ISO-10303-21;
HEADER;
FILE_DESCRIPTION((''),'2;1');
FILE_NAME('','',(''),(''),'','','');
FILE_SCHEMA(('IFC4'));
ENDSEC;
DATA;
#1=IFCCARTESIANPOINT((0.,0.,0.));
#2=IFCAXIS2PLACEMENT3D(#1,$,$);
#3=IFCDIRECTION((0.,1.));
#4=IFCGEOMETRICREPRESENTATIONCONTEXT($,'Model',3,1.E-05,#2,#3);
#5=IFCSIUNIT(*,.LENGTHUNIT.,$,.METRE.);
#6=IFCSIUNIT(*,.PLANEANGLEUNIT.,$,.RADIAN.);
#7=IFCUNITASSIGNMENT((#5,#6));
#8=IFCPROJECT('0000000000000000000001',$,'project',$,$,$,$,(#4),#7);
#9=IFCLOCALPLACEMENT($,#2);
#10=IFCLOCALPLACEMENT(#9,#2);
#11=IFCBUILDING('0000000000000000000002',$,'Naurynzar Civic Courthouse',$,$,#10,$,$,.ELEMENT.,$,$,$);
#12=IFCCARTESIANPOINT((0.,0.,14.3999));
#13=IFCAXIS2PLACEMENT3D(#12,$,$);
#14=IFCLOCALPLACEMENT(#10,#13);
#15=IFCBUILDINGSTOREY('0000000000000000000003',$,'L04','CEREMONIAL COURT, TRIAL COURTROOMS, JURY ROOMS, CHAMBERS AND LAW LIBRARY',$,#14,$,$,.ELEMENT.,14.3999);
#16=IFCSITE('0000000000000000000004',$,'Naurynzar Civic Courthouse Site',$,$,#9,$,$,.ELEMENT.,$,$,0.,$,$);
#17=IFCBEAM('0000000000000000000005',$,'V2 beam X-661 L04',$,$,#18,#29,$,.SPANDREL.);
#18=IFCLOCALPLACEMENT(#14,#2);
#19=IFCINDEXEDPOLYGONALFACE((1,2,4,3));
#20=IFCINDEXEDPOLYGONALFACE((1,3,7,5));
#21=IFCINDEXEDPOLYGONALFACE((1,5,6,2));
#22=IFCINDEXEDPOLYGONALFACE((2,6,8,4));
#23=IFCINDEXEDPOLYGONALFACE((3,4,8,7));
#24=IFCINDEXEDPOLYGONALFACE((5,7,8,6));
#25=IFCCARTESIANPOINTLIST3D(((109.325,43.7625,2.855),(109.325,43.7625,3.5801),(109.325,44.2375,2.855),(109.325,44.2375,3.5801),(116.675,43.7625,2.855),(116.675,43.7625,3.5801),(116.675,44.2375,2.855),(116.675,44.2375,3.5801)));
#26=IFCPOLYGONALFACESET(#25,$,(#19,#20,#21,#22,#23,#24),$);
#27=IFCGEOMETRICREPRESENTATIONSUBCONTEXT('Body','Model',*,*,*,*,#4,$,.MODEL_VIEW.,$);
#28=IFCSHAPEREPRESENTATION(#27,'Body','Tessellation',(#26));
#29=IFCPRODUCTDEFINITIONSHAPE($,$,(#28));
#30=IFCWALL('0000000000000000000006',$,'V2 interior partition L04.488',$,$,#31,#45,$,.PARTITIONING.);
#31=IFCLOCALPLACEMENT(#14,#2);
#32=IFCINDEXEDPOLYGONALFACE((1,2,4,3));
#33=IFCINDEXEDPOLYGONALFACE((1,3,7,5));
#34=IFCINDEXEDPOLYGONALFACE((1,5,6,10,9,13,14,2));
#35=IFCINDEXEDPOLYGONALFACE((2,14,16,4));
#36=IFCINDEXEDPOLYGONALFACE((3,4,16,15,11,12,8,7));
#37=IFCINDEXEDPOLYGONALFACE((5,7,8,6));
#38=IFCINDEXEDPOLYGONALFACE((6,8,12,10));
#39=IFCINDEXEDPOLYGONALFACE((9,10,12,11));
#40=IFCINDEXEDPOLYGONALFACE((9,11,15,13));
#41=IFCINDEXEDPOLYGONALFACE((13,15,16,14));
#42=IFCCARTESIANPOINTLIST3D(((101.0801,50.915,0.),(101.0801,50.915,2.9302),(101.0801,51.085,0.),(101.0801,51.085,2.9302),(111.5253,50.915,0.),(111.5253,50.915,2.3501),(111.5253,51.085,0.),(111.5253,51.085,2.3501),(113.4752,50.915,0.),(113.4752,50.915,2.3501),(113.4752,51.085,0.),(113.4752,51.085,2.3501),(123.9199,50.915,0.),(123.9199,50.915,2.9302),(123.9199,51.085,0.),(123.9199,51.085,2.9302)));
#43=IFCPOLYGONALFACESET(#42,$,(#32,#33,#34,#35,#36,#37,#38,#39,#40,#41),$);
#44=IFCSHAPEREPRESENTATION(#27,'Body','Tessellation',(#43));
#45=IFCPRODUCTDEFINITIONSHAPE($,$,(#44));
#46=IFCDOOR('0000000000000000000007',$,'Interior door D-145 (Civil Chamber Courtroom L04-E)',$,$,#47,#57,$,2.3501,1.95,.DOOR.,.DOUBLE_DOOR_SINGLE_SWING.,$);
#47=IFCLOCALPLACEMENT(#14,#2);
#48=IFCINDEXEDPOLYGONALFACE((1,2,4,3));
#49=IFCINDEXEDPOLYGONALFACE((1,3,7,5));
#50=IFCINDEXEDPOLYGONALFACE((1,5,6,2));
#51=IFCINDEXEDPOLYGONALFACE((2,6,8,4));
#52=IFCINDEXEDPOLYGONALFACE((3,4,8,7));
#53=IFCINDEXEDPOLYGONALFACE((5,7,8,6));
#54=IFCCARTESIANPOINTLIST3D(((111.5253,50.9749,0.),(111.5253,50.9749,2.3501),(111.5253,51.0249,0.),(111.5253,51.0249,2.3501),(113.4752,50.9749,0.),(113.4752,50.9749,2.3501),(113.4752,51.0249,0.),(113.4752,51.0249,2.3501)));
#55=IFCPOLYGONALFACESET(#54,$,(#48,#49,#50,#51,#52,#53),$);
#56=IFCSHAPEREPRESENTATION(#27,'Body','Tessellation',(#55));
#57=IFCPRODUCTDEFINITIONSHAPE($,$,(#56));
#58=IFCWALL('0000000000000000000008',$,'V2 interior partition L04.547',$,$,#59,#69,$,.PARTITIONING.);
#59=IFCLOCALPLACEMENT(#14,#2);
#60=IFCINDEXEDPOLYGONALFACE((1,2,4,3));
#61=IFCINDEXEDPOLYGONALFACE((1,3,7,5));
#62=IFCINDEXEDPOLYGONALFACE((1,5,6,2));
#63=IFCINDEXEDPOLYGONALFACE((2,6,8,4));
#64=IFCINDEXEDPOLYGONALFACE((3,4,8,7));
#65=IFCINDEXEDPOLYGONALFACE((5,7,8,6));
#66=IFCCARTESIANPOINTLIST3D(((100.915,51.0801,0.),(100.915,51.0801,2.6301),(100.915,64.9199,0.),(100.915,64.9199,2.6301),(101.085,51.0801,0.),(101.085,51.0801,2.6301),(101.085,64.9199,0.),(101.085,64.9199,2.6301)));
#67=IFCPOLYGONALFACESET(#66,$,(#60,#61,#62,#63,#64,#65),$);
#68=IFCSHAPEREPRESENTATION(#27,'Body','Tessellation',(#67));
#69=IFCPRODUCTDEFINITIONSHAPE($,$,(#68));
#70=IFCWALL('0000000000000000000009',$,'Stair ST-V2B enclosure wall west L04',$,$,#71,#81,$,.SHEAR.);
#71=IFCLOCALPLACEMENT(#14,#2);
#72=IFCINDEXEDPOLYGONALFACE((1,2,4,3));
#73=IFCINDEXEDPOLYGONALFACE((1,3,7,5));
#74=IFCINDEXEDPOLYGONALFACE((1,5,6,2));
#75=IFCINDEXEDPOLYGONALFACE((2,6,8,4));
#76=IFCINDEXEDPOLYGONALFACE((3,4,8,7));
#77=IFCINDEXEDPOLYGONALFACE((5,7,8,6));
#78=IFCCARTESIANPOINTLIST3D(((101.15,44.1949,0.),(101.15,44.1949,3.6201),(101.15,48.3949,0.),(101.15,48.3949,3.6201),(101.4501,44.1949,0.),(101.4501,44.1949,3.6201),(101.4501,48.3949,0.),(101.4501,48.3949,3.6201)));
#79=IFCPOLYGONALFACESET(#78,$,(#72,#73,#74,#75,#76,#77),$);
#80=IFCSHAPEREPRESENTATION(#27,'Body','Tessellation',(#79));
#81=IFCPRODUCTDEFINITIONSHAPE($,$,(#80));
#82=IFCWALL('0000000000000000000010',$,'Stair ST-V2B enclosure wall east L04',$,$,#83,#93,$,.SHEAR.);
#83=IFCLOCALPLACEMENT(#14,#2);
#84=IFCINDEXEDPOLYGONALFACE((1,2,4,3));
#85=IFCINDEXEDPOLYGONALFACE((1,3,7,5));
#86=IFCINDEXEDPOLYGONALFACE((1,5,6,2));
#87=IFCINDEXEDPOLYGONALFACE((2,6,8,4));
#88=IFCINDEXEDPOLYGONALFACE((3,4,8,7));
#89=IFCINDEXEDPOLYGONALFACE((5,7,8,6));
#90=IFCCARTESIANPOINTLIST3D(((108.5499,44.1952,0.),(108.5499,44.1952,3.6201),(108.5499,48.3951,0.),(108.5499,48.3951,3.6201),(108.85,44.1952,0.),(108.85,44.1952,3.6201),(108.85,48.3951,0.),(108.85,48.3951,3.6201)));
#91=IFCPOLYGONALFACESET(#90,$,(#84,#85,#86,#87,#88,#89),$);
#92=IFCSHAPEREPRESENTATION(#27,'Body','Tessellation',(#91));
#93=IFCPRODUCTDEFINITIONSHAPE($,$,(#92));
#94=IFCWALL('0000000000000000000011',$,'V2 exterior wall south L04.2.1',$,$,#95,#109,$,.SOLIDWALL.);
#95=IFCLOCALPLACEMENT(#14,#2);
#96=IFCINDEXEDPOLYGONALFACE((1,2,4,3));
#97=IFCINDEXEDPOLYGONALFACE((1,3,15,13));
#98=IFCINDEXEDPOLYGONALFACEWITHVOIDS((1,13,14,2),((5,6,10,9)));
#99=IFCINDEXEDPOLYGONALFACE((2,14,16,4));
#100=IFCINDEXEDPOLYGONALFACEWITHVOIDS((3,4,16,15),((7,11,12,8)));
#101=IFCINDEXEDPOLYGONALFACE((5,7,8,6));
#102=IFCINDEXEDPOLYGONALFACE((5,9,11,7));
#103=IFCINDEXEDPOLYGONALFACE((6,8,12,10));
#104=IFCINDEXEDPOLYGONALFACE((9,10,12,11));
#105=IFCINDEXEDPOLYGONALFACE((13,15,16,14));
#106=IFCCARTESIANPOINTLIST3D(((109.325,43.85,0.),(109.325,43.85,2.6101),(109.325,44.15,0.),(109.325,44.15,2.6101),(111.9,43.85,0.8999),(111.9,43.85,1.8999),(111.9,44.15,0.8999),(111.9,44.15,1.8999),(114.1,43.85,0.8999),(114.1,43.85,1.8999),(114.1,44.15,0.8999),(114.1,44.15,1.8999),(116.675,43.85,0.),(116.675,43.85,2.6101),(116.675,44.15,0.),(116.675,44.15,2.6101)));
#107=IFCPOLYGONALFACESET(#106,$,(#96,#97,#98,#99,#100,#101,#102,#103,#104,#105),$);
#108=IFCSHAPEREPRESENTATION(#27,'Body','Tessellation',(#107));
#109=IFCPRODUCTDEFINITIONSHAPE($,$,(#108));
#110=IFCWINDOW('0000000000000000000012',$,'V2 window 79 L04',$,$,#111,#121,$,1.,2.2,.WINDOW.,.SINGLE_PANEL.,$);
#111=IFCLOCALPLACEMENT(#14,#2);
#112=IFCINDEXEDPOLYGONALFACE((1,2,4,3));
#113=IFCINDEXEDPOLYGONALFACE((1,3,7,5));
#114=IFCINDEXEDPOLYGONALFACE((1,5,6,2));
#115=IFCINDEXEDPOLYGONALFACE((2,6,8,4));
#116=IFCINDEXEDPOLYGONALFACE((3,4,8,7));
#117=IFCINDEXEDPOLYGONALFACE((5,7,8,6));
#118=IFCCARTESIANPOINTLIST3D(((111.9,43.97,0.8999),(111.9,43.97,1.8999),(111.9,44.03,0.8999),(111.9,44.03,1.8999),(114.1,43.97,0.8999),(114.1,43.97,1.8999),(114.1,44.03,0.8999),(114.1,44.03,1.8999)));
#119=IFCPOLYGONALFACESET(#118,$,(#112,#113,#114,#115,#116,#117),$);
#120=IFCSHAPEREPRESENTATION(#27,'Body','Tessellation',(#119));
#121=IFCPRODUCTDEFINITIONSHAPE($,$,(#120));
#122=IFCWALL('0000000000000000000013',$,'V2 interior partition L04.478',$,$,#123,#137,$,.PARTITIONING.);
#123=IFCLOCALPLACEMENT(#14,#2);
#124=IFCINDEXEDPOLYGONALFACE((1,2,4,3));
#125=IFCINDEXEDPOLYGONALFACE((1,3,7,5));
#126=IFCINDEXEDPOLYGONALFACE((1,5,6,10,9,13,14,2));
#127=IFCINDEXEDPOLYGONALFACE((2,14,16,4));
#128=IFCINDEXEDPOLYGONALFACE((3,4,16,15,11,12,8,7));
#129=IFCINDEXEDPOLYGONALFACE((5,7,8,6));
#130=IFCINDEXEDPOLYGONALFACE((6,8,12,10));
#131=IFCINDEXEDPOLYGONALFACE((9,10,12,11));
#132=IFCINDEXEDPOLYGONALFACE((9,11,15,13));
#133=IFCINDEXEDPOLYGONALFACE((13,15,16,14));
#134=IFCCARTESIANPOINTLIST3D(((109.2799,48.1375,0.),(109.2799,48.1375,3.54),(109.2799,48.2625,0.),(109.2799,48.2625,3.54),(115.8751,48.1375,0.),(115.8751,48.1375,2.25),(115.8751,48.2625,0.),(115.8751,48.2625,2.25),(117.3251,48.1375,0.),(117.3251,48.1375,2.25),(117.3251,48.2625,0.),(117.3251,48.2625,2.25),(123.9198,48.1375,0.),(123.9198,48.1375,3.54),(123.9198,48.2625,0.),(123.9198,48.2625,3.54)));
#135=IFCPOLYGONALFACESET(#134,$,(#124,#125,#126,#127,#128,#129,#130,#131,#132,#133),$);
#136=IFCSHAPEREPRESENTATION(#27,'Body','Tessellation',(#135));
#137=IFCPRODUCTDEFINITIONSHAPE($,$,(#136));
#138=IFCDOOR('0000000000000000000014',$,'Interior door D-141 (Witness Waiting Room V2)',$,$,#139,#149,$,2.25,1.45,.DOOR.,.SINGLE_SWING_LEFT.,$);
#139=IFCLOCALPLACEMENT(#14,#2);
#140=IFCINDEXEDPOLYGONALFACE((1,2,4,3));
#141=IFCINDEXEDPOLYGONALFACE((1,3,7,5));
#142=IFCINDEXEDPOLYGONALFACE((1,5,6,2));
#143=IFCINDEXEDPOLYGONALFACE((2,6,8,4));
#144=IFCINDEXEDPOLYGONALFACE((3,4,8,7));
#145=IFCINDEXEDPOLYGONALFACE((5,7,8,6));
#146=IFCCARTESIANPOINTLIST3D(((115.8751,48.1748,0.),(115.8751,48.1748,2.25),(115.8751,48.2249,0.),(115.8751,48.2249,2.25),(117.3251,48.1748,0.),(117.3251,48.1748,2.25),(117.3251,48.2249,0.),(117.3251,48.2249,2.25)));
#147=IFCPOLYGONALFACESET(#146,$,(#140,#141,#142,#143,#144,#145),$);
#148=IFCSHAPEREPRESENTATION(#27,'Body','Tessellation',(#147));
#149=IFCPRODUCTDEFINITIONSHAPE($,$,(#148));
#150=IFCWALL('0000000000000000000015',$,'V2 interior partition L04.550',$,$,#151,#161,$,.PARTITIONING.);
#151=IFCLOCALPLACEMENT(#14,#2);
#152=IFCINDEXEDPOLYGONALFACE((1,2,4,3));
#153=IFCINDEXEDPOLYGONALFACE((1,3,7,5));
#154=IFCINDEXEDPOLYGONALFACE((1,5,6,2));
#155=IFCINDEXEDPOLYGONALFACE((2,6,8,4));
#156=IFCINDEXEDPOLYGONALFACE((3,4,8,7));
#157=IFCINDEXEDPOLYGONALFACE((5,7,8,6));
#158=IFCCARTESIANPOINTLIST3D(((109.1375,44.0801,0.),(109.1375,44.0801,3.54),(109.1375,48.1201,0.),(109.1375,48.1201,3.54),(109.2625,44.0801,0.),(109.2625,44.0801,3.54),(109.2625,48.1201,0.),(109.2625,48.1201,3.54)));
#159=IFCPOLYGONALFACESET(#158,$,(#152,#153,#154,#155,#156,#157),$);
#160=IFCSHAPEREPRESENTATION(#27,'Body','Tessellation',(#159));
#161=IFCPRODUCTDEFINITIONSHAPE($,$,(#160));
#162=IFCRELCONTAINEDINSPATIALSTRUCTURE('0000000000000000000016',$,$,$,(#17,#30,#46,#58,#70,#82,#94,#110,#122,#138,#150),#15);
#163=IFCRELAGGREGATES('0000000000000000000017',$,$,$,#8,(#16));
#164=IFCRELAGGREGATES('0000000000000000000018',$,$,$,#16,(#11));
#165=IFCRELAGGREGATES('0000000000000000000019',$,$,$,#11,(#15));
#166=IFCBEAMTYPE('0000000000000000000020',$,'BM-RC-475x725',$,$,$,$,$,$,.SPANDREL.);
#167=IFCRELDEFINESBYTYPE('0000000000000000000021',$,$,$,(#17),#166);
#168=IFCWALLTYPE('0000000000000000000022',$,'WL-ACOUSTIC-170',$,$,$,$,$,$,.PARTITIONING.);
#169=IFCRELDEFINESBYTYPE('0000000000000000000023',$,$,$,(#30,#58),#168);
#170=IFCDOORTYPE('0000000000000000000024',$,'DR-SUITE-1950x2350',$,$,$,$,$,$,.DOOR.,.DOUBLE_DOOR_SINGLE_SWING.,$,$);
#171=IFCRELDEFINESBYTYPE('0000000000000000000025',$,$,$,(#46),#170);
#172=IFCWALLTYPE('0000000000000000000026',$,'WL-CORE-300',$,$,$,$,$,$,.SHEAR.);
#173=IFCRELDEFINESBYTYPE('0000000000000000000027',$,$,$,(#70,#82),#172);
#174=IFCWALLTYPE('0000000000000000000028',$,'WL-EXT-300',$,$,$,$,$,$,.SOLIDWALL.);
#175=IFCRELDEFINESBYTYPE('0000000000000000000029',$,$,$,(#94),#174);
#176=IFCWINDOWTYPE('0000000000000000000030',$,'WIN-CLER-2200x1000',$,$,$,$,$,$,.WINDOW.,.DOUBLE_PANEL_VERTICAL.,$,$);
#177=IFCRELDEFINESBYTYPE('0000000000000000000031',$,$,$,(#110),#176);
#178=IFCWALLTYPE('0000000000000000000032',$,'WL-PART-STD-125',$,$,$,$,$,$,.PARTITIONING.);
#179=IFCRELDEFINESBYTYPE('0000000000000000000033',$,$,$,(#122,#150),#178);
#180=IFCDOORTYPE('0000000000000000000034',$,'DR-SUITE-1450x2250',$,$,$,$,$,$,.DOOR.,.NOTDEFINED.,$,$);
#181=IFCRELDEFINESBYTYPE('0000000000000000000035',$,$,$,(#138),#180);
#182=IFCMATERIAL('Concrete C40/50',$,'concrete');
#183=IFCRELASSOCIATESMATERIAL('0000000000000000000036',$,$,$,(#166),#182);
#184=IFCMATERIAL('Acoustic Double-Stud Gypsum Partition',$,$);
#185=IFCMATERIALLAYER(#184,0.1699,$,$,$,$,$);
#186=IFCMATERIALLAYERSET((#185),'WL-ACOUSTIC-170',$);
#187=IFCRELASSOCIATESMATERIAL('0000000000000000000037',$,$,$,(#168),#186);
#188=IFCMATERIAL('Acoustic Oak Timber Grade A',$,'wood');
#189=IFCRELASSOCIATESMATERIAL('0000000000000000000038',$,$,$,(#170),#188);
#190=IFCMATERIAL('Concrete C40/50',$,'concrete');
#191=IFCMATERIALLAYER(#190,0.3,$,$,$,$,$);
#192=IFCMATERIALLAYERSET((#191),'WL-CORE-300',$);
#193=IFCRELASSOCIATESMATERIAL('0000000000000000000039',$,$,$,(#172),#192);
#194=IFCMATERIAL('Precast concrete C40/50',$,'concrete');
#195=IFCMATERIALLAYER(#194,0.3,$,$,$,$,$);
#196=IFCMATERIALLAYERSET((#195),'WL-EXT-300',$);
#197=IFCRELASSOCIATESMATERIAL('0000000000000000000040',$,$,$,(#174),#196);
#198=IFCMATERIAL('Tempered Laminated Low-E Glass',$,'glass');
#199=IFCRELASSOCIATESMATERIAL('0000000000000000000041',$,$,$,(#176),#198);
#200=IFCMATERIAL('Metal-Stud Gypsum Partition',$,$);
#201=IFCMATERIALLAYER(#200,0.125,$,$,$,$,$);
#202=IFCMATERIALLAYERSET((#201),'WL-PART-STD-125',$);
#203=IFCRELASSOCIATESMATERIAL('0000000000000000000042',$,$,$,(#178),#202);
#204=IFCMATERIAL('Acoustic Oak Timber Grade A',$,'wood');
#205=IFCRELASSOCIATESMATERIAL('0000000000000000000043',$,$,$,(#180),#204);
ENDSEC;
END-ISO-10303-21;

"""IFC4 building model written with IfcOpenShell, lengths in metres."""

from ifc_helpers import new_model, si_unit, direction, frame, frame_2d, origin, origin_2d, place, context, subcontext, project, spatial, rectangle, extrude, material, layer, layer_set, material_profile, profile_set, type_object, element, fill, save


model = new_model("IFC4")

# Units and contexts
model_context = context("Model", 3, precision=1e-05, world=origin(), true_north=direction((0.0, 1.0)))
body_context = subcontext(model_context, "Body", "Model", "MODEL_VIEW")
ifc_project = project(units=[si_unit("LENGTHUNIT", "METRE"), si_unit("PLANEANGLEUNIT", "RADIAN")], contexts=[model_context])

# Site, building, storey
site_placement = place(None, origin())
site = spatial("IfcSite", under=ifc_project, at=site_placement, Name="Naurynzar Civic Courthouse Site", CompositionType="ELEMENT", RefElevation=0.0)
building_placement = place(site_placement, origin())
building = spatial("IfcBuilding", under=site, at=building_placement, Name="Naurynzar Civic Courthouse", CompositionType="ELEMENT")
storey_placement = place(building_placement, frame((0.0, 0.0, 14.3999)))
storey = spatial("IfcBuildingStorey", under=building, at=storey_placement, Name="L04", Description="CEREMONIAL COURT, TRIAL COURTROOMS, JURY ROOMS, CHAMBERS AND LAW LIBRARY", CompositionType="ELEMENT", Elevation=14.3999)

# Beam
ifc_material_1 = material(Name="Concrete C40/50", Category="concrete")
ifc_material_profile_1 = material_profile(ifc_material_1, rectangle(XDim=0.4751, YDim=0.7251, at=origin_2d()), Name="RCB 475x725")
ifc_profile_set_1 = profile_set([ifc_material_profile_1], Name="Concrete C40/50")
beam_type_1 = type_object("IfcBeamType", Name="BM-RC-475x725", PredefinedType="SPANDREL", material=ifc_profile_set_1)
for number, where, z_axis, x_axis, name in (
    (1, (109.325, 44.0, 3.2175), (1.0, 0.0, 0.0), (0.0, 1.0, 0.0), "V2 beam X-661 L04"),
):
    element("IfcBeam", number, at=place(storey_placement, frame(where, z_axis=z_axis, x_axis=x_axis)), inside=storey, type_object=beam_type_1, Name=name, PredefinedType="SPANDREL", context=body_context, shape_type="SweptSolid", body=[
        extrude(rectangle(XDim=0.4751, YDim=0.7251, at=origin_2d()), origin(), (0.0, 0.0, 1.0), 7.3501),
    ])

# Wall, opening, door
ifc_material_2 = material(Name="Acoustic Double-Stud Gypsum Partition")
ifc_layer_1 = layer(ifc_material_2, 0.1699)
ifc_layer_set_1 = layer_set([ifc_layer_1], Name="WL-ACOUSTIC-170")
wall_type_1 = type_object("IfcWallType", Name="WL-ACOUSTIC-170", PredefinedType="PARTITIONING", material=ifc_layer_set_1)
wall_1_placement = place(storey_placement, frame((101.0801, 51.0, 0.0), z_axis=(0.0, 0.0, 1.0), x_axis=(1.0, 0.0, 0.0)))
wall_1 = element("IfcWall", 2, at=wall_1_placement, inside=storey, type_object=wall_type_1, Name="V2 interior partition L04.488", PredefinedType="PARTITIONING", context=body_context, shape_type="SweptSolid", body=[
    extrude(rectangle(XDim=22.8398, YDim=0.1699, at=frame_2d((11.4199, 0.0))), origin(), (0.0, 0.0, 1.0), 2.9302),
])
opening_1_placement = place(wall_1_placement, frame((10.4451, 0.0, 0.0)))
opening_1 = element("IfcOpeningElement", 3, at=opening_1_placement, cuts=wall_1, PredefinedType="OPENING", context=body_context, shape_type="SweptSolid", body=[
    extrude(rectangle(XDim=1.95, YDim=2.3501, at=frame_2d((0.9751, 1.175))), frame((0.0, 0.095, 0.0), z_axis=(0.0, -1.0, 0.0), x_axis=(1.0, 0.0, 0.0)), (0.0, 0.0, 1.0), 0.1899),
])
ifc_material_3 = material(Name="Acoustic Oak Timber Grade A", Category="wood")
door_type_1 = type_object("IfcDoorType", Name="DR-SUITE-1950x2350", OperationType="DOUBLE_DOOR_SINGLE_SWING", PredefinedType="DOOR", material=ifc_material_3)
door_1_placement = place(opening_1_placement, origin())
door_1 = element("IfcDoor", 4, at=door_1_placement, inside=storey, type_object=door_type_1, Name="Interior door D-145 (Civil Chamber Courtroom L04-E)", OperationType="DOUBLE_DOOR_SINGLE_SWING", OverallHeight=2.3501, OverallWidth=1.95, PredefinedType="DOOR", context=body_context, shape_type="SweptSolid", body=[
    extrude(rectangle(XDim=1.95, YDim=2.3501, at=frame_2d((0.9751, 1.175))), frame((0.0, 0.0249, 0.0), z_axis=(0.0, -1.0, 0.0), x_axis=(1.0, 0.0, 0.0)), (0.0, 0.0, 1.0), 0.05),
])
fill(opening_1, door_1)

# Wall
wall_2_placement = place(storey_placement, frame((101.0, 51.0801, 0.0), z_axis=(0.0, 0.0, 1.0), x_axis=(0.0, 1.0, 0.0)))
element("IfcWall", 5, at=wall_2_placement, inside=storey, type_object=wall_type_1, Name="V2 interior partition L04.547", PredefinedType="PARTITIONING", context=body_context, shape_type="SweptSolid", body=[
    extrude(rectangle(XDim=13.8398, YDim=0.1699, at=frame_2d((6.9199, 0.0))), origin(), (0.0, 0.0, 1.0), 2.6301),
])

# Shared definitions
ifc_material_4 = material(Name="Concrete C40/50", Category="concrete")
ifc_layer_2 = layer(ifc_material_4, 0.3)
ifc_layer_set_2 = layer_set([ifc_layer_2], Name="WL-CORE-300")
wall_type_2 = type_object("IfcWallType", Name="WL-CORE-300", PredefinedType="SHEAR", material=ifc_layer_set_2)

# Walls
for number, where, z_axis, x_axis, name in (
    (6, (101.3, 48.395, 0.0), (0.0, 0.0, 1.0), (0.0, -1.0, 0.0), "Stair ST-V2B enclosure wall west L04"),
    (7, (108.7, 44.1951, 0.0), (0.0, 0.0, 1.0), (0.0, 1.0, 0.0), "Stair ST-V2B enclosure wall east L04"),
):
    element("IfcWall", number, at=place(storey_placement, frame(where, z_axis=z_axis, x_axis=x_axis)), inside=storey, type_object=wall_type_2, Name=name, PredefinedType="SHEAR", context=body_context, shape_type="SweptSolid", body=[
        extrude(rectangle(XDim=4.2, YDim=0.3, at=frame_2d((2.1001, 0.0))), origin(), (0.0, 0.0, 1.0), 3.6201),
    ])

# Wall, opening, window
ifc_material_5 = material(Name="Precast concrete C40/50", Category="concrete")
ifc_layer_3 = layer(ifc_material_5, 0.3)
ifc_layer_set_3 = layer_set([ifc_layer_3], Name="WL-EXT-300")
wall_type_3 = type_object("IfcWallType", Name="WL-EXT-300", PredefinedType="SOLIDWALL", material=ifc_layer_set_3)
wall_3_placement = place(storey_placement, frame((116.675, 44.0, 0.0), z_axis=(0.0, 0.0, 1.0), x_axis=(-1.0, 0.0, 0.0)))
wall_3 = element("IfcWall", 8, at=wall_3_placement, inside=storey, type_object=wall_type_3, Name="V2 exterior wall south L04.2.1", PredefinedType="SOLIDWALL", context=body_context, shape_type="SweptSolid", body=[
    extrude(rectangle(XDim=7.3501, YDim=0.3, at=frame_2d((3.675, 0.0))), origin(), (0.0, 0.0, 1.0), 2.6101),
])
opening_2_placement = place(wall_3_placement, frame((2.575, 0.0, 0.8999)))
opening_2 = element("IfcOpeningElement", 9, at=opening_2_placement, cuts=wall_3, PredefinedType="OPENING", context=body_context, shape_type="SweptSolid", body=[
    extrude(rectangle(XDim=2.2, YDim=1.0, at=frame_2d((1.1001, 0.5))), frame((0.0, 0.1599, 0.0), z_axis=(0.0, -1.0, 0.0), x_axis=(1.0, 0.0, 0.0)), (0.0, 0.0, 1.0), 0.3201),
])
ifc_material_6 = material(Name="Tempered Laminated Low-E Glass", Category="glass")
window_type = type_object("IfcWindowType", Name="WIN-CLER-2200x1000", PartitioningType="DOUBLE_PANEL_VERTICAL", PredefinedType="WINDOW", material=ifc_material_6)
window_placement = place(opening_2_placement, origin())
window = element("IfcWindow", 10, at=window_placement, inside=storey, type_object=window_type, Name="V2 window 79 L04", OverallHeight=1.0, OverallWidth=2.2, PartitioningType="SINGLE_PANEL", PredefinedType="WINDOW", context=body_context, shape_type="SweptSolid", body=[
    extrude(rectangle(XDim=2.2, YDim=1.0, at=frame_2d((1.1001, 0.5))), frame((0.0, 0.03, 0.0), z_axis=(0.0, -1.0, 0.0), x_axis=(1.0, 0.0, 0.0)), (0.0, 0.0, 1.0), 0.0601),
])
fill(opening_2, window)

# Wall, opening, door
ifc_material_7 = material(Name="Metal-Stud Gypsum Partition")
ifc_layer_4 = layer(ifc_material_7, 0.125)
ifc_layer_set_4 = layer_set([ifc_layer_4], Name="WL-PART-STD-125")
wall_type_4 = type_object("IfcWallType", Name="WL-PART-STD-125", PredefinedType="PARTITIONING", material=ifc_layer_set_4)
wall_4_placement = place(storey_placement, frame((109.28, 48.2, 0.0), z_axis=(0.0, 0.0, 1.0), x_axis=(1.0, 0.0, 0.0)))
wall_4 = element("IfcWall", 11, at=wall_4_placement, inside=storey, type_object=wall_type_4, Name="V2 interior partition L04.478", PredefinedType="PARTITIONING", context=body_context, shape_type="SweptSolid", body=[
    extrude(rectangle(XDim=14.6399, YDim=0.125, at=frame_2d((7.3198, 0.0))), origin(), (0.0, 0.0, 1.0), 3.54),
])
opening_3_placement = place(wall_4_placement, frame((6.595, 0.0, 0.0)))
opening_3 = element("IfcOpeningElement", 12, at=opening_3_placement, cuts=wall_4, PredefinedType="OPENING", context=body_context, shape_type="SweptSolid", body=[
    extrude(rectangle(XDim=1.45, YDim=2.25, at=frame_2d((0.7251, 1.125))), frame((0.0, 0.0725, 0.0), z_axis=(0.0, -1.0, 0.0), x_axis=(1.0, 0.0, 0.0)), (0.0, 0.0, 1.0), 0.145),
])
ifc_material_8 = material(Name="Acoustic Oak Timber Grade A", Category="wood")
door_type_2 = type_object("IfcDoorType", Name="DR-SUITE-1450x2250", OperationType="NOTDEFINED", PredefinedType="DOOR", material=ifc_material_8)
door_2_placement = place(opening_3_placement, origin())
door_2 = element("IfcDoor", 13, at=door_2_placement, inside=storey, type_object=door_type_2, Name="Interior door D-141 (Witness Waiting Room V2)", OperationType="SINGLE_SWING_LEFT", OverallHeight=2.25, OverallWidth=1.45, PredefinedType="DOOR", context=body_context, shape_type="SweptSolid", body=[
    extrude(rectangle(XDim=1.45, YDim=2.25, at=frame_2d((0.7251, 1.125))), frame((0.0, 0.0249, 0.0), z_axis=(0.0, -1.0, 0.0), x_axis=(1.0, 0.0, 0.0)), (0.0, 0.0, 1.0), 0.05),
])
fill(opening_3, door_2)

# Wall
wall_5_placement = place(storey_placement, frame((109.2, 44.0801, 0.0), z_axis=(0.0, 0.0, 1.0), x_axis=(0.0, 1.0, 0.0)))
element("IfcWall", 14, at=wall_5_placement, inside=storey, type_object=wall_type_4, Name="V2 interior partition L04.550", PredefinedType="PARTITIONING", context=body_context, shape_type="SweptSolid", body=[
    extrude(rectangle(XDim=4.04, YDim=0.125, at=frame_2d((2.02, 0.0))), origin(), (0.0, 0.0, 1.0), 3.54),
])

save(model, "model.ifc")
